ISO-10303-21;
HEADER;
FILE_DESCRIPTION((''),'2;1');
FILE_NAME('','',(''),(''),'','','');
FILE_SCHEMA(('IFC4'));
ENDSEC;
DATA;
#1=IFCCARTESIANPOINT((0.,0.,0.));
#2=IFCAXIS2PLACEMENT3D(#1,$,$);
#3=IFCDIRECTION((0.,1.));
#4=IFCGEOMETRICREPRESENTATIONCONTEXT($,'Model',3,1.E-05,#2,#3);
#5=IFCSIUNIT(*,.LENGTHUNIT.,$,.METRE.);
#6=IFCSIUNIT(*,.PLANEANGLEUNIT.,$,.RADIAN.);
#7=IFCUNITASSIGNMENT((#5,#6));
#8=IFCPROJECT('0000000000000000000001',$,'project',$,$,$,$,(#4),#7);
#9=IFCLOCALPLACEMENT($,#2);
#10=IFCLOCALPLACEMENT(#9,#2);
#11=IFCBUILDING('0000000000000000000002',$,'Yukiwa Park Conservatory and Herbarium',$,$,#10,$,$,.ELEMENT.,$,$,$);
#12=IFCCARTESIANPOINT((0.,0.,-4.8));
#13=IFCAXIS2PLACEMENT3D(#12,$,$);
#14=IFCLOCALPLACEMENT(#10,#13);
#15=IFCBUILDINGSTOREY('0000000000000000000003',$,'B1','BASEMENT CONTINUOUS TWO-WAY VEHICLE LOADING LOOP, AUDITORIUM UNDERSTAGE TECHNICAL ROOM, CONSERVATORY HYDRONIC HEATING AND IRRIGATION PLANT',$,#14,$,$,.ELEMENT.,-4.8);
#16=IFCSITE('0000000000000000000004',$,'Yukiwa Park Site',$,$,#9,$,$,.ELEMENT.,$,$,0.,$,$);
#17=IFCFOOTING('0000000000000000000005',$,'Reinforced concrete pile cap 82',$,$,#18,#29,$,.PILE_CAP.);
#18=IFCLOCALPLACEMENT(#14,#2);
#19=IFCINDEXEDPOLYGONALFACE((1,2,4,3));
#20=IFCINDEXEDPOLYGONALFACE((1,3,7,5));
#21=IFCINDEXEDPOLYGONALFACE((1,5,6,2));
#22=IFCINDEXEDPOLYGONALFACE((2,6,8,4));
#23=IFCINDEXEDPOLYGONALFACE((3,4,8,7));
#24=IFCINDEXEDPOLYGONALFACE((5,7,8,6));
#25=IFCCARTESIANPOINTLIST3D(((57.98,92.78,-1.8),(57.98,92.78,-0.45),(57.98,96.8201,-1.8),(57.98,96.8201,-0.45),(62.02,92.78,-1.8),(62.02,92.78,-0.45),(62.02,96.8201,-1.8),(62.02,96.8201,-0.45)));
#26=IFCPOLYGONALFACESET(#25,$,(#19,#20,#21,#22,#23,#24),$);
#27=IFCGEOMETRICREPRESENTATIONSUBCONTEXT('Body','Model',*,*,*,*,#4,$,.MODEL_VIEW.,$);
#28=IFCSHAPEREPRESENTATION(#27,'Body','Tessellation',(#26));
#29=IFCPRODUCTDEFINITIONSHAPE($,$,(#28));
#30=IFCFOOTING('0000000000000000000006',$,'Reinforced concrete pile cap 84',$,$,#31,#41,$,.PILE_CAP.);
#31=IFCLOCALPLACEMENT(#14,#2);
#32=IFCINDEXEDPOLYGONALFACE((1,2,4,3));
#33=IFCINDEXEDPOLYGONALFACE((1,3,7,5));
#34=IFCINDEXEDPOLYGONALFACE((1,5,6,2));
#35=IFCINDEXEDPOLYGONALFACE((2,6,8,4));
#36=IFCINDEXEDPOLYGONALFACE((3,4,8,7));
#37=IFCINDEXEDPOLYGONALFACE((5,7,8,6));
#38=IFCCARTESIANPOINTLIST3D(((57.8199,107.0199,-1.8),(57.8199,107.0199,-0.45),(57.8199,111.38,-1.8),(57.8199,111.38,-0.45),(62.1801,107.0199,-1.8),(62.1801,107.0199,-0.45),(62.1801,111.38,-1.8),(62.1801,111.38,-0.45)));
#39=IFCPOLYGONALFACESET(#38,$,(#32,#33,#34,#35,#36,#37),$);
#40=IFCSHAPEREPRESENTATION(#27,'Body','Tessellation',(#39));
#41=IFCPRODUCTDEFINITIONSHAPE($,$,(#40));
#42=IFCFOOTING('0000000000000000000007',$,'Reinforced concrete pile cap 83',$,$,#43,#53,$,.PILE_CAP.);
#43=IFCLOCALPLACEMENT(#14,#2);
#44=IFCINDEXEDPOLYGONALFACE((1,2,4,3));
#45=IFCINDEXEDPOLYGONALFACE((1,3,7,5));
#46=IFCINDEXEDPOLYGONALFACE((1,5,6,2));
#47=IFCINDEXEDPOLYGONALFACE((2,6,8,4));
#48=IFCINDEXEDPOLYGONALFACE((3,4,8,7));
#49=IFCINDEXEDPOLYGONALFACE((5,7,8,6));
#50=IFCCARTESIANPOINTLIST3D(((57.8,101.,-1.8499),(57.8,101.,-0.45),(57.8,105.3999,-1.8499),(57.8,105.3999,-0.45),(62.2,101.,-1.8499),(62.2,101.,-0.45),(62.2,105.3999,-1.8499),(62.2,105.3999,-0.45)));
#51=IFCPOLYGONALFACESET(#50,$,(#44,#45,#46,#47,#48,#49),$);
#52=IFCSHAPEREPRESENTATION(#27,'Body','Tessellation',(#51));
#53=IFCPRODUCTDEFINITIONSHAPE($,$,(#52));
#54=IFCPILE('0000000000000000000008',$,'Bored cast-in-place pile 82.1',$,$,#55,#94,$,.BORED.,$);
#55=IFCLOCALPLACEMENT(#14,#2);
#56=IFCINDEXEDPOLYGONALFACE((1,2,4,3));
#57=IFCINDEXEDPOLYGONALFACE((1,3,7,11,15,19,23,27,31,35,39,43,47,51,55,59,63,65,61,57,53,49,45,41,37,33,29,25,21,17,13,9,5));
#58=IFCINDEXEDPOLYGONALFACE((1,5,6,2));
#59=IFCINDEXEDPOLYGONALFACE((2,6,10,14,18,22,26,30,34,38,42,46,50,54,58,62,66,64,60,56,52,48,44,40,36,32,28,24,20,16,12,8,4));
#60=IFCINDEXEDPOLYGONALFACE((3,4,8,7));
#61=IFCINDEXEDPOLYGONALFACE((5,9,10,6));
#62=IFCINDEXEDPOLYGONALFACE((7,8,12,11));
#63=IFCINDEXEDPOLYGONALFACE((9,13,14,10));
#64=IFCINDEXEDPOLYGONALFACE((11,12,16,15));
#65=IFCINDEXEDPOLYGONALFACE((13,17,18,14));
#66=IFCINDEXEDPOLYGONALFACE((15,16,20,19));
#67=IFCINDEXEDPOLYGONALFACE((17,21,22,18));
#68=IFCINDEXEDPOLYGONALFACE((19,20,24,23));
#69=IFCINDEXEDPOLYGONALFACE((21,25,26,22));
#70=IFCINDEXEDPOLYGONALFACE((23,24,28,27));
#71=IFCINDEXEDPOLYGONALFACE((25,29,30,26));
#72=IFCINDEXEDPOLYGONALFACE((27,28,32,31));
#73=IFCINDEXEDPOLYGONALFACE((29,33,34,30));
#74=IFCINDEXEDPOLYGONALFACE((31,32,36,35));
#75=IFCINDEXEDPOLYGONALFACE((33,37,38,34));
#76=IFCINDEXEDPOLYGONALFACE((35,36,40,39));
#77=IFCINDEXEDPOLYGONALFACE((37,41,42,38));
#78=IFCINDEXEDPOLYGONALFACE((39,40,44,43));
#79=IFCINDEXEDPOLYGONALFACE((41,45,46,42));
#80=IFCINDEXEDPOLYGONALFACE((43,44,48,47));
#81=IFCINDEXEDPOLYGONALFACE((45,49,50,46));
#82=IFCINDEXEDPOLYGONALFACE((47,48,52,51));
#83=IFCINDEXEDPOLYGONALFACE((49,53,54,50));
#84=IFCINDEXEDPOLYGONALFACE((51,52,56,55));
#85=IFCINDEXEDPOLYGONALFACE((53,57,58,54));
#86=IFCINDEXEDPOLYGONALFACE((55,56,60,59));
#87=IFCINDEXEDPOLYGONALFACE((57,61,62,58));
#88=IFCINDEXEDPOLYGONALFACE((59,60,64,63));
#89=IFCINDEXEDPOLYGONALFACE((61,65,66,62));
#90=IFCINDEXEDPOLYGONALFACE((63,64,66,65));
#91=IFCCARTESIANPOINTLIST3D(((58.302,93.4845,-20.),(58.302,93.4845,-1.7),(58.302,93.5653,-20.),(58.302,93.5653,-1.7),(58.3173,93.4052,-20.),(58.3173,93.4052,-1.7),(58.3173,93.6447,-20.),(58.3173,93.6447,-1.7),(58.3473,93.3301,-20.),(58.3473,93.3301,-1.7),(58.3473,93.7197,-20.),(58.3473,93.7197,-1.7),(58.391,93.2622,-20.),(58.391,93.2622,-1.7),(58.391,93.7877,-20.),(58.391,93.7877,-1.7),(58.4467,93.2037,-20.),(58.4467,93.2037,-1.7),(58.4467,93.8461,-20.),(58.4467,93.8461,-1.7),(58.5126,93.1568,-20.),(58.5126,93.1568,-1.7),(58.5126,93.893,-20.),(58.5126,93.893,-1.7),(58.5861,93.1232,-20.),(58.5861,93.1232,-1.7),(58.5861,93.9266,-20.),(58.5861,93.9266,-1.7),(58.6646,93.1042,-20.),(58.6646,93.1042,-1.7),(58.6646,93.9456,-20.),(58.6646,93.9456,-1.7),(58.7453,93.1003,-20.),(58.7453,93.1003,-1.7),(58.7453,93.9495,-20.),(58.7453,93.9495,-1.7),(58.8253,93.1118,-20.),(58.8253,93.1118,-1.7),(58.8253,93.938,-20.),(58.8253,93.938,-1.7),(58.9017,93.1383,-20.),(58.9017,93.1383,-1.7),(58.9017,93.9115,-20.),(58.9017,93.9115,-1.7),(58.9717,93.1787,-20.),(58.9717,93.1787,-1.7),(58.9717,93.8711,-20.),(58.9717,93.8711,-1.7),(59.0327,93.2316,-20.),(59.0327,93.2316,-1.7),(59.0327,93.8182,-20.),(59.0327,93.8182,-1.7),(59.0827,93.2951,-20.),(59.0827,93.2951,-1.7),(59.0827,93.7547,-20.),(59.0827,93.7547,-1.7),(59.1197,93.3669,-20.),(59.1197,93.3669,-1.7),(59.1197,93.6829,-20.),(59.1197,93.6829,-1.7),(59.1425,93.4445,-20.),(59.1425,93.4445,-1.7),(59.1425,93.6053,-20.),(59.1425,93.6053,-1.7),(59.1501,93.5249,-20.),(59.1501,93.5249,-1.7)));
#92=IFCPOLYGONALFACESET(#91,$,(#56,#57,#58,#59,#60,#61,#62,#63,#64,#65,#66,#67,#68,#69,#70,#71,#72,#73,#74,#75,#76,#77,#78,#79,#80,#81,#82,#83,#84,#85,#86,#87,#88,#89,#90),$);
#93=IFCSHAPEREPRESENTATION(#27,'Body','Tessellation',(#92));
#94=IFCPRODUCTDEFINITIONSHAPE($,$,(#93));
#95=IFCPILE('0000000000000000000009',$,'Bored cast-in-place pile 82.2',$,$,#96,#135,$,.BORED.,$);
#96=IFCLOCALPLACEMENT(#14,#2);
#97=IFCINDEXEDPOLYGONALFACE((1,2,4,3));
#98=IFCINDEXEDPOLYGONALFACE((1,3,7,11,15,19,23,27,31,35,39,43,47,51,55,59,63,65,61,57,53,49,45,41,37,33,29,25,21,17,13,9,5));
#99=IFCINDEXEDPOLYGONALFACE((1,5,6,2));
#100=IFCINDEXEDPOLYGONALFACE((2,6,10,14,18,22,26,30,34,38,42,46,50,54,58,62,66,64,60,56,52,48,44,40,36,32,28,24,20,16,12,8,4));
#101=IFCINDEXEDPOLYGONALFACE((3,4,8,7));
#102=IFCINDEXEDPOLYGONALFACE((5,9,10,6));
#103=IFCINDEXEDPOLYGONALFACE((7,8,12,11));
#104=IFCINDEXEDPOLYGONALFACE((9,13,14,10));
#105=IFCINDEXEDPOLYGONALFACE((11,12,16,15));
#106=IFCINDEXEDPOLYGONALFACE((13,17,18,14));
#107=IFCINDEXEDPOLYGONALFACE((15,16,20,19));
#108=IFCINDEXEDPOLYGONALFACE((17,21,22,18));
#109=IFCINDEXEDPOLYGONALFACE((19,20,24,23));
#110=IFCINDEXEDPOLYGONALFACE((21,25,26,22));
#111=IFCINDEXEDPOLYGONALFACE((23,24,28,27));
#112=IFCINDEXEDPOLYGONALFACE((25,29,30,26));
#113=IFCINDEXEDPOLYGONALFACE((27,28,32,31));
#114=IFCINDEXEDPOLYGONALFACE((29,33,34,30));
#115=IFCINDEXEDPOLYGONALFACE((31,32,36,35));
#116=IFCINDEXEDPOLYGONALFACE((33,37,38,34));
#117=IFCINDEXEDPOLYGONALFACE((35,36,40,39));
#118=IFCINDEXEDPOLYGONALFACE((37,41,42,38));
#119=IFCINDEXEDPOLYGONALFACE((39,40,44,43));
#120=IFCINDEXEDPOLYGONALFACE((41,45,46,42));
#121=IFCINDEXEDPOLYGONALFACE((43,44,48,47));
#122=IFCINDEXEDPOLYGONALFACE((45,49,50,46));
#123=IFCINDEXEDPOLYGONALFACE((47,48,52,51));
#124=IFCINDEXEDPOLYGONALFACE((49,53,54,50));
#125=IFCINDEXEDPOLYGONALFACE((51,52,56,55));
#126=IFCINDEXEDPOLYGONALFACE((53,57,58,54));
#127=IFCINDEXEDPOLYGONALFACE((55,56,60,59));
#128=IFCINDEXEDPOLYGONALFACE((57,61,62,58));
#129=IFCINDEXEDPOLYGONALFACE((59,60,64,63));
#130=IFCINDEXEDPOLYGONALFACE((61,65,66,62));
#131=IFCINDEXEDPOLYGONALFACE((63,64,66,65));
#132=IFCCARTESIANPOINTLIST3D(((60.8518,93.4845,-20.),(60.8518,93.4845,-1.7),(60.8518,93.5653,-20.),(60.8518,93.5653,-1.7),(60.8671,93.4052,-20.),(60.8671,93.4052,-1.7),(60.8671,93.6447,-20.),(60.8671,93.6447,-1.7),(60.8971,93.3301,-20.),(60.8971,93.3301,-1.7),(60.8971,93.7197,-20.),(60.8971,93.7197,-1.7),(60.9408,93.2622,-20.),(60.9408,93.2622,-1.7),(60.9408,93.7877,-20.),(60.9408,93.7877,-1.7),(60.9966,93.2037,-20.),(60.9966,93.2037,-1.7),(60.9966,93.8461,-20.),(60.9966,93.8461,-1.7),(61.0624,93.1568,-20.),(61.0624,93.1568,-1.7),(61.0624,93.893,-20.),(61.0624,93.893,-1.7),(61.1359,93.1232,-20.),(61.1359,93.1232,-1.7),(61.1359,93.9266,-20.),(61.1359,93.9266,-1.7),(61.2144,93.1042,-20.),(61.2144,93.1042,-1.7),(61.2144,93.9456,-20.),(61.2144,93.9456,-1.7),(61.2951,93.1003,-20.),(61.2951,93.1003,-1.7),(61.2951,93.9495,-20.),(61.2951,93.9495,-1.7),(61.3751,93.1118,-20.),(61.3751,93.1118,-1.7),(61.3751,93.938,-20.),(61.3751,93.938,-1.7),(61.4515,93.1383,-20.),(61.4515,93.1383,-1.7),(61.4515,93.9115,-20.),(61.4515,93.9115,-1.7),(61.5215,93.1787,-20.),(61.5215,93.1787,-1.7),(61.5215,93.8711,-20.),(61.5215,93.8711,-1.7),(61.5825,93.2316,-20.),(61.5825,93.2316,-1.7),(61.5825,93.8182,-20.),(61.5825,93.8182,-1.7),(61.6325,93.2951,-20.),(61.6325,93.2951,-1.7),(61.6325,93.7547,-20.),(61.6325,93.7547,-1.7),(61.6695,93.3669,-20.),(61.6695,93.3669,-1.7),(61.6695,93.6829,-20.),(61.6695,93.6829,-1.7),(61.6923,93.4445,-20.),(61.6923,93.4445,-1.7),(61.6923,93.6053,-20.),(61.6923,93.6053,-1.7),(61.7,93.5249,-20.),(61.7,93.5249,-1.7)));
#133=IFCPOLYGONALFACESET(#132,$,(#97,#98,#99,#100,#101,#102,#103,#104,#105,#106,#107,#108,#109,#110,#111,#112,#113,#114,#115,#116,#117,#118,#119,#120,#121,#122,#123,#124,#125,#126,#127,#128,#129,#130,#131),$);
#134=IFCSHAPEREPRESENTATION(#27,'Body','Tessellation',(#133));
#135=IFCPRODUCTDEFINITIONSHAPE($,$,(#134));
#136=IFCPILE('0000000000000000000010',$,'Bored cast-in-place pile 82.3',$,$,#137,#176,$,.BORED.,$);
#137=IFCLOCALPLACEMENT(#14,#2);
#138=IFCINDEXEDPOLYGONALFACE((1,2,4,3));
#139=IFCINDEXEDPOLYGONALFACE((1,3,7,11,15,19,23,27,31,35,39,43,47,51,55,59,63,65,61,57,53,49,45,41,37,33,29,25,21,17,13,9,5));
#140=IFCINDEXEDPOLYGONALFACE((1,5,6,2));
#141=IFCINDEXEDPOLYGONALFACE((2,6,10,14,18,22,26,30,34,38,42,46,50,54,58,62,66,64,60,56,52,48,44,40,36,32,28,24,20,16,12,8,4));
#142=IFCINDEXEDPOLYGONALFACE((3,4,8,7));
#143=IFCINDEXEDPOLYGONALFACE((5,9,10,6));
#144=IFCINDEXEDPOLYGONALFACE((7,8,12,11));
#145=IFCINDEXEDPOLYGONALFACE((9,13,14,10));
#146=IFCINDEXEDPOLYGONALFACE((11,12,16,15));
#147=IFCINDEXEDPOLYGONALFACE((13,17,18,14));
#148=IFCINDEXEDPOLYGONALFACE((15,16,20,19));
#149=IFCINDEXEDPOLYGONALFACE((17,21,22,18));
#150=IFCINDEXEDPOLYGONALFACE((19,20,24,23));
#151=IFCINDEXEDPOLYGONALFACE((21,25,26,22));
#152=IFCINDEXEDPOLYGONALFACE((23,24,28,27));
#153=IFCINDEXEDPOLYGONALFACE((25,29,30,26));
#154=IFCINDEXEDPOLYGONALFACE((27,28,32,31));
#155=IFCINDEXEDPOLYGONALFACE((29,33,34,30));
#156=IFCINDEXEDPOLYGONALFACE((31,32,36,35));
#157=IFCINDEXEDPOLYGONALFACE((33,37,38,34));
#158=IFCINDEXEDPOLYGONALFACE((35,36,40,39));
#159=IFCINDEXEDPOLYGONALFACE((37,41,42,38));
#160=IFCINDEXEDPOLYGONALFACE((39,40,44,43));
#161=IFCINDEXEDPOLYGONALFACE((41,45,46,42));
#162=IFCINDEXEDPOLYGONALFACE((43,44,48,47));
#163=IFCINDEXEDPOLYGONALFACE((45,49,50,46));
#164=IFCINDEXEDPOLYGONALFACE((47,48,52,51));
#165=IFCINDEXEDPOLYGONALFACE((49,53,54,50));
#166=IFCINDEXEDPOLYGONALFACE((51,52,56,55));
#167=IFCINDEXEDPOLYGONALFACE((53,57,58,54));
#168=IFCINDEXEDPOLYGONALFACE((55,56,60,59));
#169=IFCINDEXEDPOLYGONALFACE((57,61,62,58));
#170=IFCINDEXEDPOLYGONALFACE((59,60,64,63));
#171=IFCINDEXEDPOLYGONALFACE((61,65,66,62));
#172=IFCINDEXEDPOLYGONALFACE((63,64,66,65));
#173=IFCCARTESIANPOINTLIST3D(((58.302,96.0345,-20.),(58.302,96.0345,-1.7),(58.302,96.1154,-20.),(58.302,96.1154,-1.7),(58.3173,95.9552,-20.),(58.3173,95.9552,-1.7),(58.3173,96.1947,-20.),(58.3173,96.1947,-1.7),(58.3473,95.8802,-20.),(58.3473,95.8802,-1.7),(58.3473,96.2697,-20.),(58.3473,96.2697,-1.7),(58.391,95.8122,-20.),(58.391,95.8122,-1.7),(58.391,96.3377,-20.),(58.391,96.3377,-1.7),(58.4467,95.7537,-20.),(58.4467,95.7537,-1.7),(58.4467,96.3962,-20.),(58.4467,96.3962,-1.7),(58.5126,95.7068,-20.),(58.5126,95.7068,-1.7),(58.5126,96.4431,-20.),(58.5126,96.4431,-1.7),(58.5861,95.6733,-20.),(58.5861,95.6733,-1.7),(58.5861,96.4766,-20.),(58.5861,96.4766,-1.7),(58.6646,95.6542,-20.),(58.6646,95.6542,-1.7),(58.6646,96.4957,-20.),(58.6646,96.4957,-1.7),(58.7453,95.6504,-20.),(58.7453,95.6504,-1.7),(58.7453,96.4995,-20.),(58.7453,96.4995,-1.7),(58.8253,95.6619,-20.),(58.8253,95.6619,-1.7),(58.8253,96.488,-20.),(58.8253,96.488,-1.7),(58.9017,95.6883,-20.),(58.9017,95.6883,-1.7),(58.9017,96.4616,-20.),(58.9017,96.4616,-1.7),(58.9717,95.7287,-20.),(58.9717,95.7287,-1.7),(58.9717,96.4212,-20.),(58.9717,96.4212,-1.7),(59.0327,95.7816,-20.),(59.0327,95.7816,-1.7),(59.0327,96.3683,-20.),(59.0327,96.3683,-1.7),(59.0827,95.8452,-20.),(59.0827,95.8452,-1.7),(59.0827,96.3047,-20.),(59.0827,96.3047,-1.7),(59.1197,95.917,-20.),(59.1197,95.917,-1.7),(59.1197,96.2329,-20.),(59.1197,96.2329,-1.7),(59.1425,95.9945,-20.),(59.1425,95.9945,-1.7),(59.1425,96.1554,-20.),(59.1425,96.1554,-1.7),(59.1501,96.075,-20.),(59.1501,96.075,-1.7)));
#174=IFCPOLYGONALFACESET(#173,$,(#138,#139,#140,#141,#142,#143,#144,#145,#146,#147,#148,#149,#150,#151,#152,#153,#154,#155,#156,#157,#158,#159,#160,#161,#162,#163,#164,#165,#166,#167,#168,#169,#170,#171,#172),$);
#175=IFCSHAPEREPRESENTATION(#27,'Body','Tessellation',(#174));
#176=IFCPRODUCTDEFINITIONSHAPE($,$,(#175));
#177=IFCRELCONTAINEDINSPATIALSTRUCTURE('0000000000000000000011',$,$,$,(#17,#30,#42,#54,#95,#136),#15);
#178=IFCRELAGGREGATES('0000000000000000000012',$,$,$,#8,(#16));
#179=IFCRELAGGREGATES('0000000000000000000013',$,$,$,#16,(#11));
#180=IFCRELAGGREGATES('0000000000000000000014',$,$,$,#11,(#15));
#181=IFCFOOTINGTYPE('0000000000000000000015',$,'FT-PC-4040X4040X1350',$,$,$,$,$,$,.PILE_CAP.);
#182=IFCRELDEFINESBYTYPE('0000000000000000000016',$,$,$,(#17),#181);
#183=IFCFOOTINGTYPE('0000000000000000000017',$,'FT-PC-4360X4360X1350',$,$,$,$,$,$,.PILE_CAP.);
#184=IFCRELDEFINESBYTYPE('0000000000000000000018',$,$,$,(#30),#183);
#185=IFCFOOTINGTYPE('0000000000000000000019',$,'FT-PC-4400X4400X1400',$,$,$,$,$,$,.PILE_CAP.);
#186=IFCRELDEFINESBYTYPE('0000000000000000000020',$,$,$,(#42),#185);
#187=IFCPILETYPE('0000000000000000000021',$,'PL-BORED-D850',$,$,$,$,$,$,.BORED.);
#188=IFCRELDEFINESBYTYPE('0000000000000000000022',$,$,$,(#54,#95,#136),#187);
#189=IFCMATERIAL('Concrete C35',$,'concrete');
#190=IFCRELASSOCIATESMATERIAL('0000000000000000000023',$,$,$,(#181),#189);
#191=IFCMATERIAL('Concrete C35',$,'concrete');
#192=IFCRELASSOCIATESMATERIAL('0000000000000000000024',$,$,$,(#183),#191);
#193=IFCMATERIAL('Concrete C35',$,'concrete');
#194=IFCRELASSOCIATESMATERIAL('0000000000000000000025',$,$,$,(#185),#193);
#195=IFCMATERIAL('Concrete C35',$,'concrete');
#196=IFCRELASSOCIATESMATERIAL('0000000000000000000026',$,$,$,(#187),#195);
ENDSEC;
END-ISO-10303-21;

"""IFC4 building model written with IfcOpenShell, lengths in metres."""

from ifc_helpers import new_model, si_unit, direction, frame, origin, origin_2d, place, context, subcontext, project, spatial, rectangle, circle, extrude, material, material_profile, profile_set, type_object, element, save


model = new_model("IFC4")

# Units and contexts
model_context = context("Model", 3, precision=1e-05, world=origin(), true_north=direction((0.0, 1.0)))
body_context = subcontext(model_context, "Body", "Model", "MODEL_VIEW")
ifc_project = project(units=[si_unit("LENGTHUNIT", "METRE"), si_unit("PLANEANGLEUNIT", "RADIAN")], contexts=[model_context])

# Site, building, storey
site_placement = place(None, origin())
site = spatial("IfcSite", under=ifc_project, at=site_placement, Name="Yukiwa Park Site", CompositionType="ELEMENT", RefElevation=0.0)
building_placement = place(site_placement, origin())
building = spatial("IfcBuilding", under=site, at=building_placement, Name="Yukiwa Park Conservatory and Herbarium", CompositionType="ELEMENT")
storey_placement = place(building_placement, frame((0.0, 0.0, -4.8)))
storey = spatial("IfcBuildingStorey", under=building, at=storey_placement, Name="B1", Description="BASEMENT CONTINUOUS TWO-WAY VEHICLE LOADING LOOP, AUDITORIUM UNDERSTAGE TECHNICAL ROOM, CONSERVATORY HYDRONIC HEATING AND IRRIGATION PLANT", CompositionType="ELEMENT", Elevation=-4.8)

# Footings
ifc_material_1 = material(Name="Concrete C35", Category="concrete")
footing_type_1 = type_object("IfcFootingType", Name="FT-PC-4040X4040X1350", PredefinedType="PILE_CAP", material=ifc_material_1)
footing_1_placement = place(storey_placement, frame((60.0, 94.8, -1.8), z_axis=(0.0, 0.0, 1.0), x_axis=(1.0, 0.0, 0.0)))
element("IfcFooting", 1, at=footing_1_placement, inside=storey, type_object=footing_type_1, Name="Reinforced concrete pile cap 82", PredefinedType="PILE_CAP", context=body_context, shape_type="SweptSolid", body=[
    extrude(rectangle(XDim=4.04, YDim=4.04, at=origin_2d()), origin(), (0.0, 0.0, 1.0), 1.3501),
])
ifc_material_2 = material(Name="Concrete C35", Category="concrete")
footing_type_2 = type_object("IfcFootingType", Name="FT-PC-4360X4360X1350", PredefinedType="PILE_CAP", material=ifc_material_2)
footing_2_placement = place(storey_placement, frame((60.0, 109.2, -1.8), z_axis=(0.0, 0.0, 1.0), x_axis=(1.0, 0.0, 0.0)))
element("IfcFooting", 2, at=footing_2_placement, inside=storey, type_object=footing_type_2, Name="Reinforced concrete pile cap 84", PredefinedType="PILE_CAP", context=body_context, shape_type="SweptSolid", body=[
    extrude(rectangle(XDim=4.3601, YDim=4.3601, at=origin_2d()), origin(), (0.0, 0.0, 1.0), 1.3501),
])
ifc_material_3 = material(Name="Concrete C35", Category="concrete")
footing_type_3 = type_object("IfcFootingType", Name="FT-PC-4400X4400X1400", PredefinedType="PILE_CAP", material=ifc_material_3)
footing_3_placement = place(storey_placement, frame((60.0, 103.2, -1.8499), z_axis=(0.0, 0.0, 1.0), x_axis=(1.0, 0.0, 0.0)))
element("IfcFooting", 3, at=footing_3_placement, inside=storey, type_object=footing_type_3, Name="Reinforced concrete pile cap 83", PredefinedType="PILE_CAP", context=body_context, shape_type="SweptSolid", body=[
    extrude(rectangle(XDim=4.3999, YDim=4.3999, at=origin_2d()), origin(), (0.0, 0.0, 1.0), 1.3999),
])

# Piles
ifc_material_4 = material(Name="Concrete C35", Category="concrete")
ifc_material_profile_1 = material_profile(ifc_material_4, circle(Radius=0.425, at=origin_2d()), Name="PILE D850")
ifc_profile_set_1 = profile_set([ifc_material_profile_1], Name="Concrete C35")
pile_type_1 = type_object("IfcPileType", Name="PL-BORED-D850", PredefinedType="BORED", material=ifc_profile_set_1)
for number, where, z_axis, x_axis, name in (
    (4, (58.7251, 93.5249, -1.7), (0.0, 0.0, -1.0), (1.0, 0.0, 0.0), "Bored cast-in-place pile 82.1"),
    (5, (61.2749, 93.5249, -1.7), (0.0, 0.0, -1.0), (1.0, 0.0, 0.0), "Bored cast-in-place pile 82.2"),
    (6, (58.7251, 96.075, -1.7), (0.0, 0.0, -1.0), (1.0, 0.0, 0.0), "Bored cast-in-place pile 82.3"),
):
    element("IfcPile", number, at=place(storey_placement, frame(where, z_axis=z_axis, x_axis=x_axis)), inside=storey, type_object=pile_type_1, Name=name, PredefinedType="BORED", context=body_context, shape_type="SweptSolid", body=[
        extrude(circle(Radius=0.425, at=origin_2d()), origin(), (0.0, 0.0, 1.0), 18.3),
    ])

save(model, "model.ifc")
